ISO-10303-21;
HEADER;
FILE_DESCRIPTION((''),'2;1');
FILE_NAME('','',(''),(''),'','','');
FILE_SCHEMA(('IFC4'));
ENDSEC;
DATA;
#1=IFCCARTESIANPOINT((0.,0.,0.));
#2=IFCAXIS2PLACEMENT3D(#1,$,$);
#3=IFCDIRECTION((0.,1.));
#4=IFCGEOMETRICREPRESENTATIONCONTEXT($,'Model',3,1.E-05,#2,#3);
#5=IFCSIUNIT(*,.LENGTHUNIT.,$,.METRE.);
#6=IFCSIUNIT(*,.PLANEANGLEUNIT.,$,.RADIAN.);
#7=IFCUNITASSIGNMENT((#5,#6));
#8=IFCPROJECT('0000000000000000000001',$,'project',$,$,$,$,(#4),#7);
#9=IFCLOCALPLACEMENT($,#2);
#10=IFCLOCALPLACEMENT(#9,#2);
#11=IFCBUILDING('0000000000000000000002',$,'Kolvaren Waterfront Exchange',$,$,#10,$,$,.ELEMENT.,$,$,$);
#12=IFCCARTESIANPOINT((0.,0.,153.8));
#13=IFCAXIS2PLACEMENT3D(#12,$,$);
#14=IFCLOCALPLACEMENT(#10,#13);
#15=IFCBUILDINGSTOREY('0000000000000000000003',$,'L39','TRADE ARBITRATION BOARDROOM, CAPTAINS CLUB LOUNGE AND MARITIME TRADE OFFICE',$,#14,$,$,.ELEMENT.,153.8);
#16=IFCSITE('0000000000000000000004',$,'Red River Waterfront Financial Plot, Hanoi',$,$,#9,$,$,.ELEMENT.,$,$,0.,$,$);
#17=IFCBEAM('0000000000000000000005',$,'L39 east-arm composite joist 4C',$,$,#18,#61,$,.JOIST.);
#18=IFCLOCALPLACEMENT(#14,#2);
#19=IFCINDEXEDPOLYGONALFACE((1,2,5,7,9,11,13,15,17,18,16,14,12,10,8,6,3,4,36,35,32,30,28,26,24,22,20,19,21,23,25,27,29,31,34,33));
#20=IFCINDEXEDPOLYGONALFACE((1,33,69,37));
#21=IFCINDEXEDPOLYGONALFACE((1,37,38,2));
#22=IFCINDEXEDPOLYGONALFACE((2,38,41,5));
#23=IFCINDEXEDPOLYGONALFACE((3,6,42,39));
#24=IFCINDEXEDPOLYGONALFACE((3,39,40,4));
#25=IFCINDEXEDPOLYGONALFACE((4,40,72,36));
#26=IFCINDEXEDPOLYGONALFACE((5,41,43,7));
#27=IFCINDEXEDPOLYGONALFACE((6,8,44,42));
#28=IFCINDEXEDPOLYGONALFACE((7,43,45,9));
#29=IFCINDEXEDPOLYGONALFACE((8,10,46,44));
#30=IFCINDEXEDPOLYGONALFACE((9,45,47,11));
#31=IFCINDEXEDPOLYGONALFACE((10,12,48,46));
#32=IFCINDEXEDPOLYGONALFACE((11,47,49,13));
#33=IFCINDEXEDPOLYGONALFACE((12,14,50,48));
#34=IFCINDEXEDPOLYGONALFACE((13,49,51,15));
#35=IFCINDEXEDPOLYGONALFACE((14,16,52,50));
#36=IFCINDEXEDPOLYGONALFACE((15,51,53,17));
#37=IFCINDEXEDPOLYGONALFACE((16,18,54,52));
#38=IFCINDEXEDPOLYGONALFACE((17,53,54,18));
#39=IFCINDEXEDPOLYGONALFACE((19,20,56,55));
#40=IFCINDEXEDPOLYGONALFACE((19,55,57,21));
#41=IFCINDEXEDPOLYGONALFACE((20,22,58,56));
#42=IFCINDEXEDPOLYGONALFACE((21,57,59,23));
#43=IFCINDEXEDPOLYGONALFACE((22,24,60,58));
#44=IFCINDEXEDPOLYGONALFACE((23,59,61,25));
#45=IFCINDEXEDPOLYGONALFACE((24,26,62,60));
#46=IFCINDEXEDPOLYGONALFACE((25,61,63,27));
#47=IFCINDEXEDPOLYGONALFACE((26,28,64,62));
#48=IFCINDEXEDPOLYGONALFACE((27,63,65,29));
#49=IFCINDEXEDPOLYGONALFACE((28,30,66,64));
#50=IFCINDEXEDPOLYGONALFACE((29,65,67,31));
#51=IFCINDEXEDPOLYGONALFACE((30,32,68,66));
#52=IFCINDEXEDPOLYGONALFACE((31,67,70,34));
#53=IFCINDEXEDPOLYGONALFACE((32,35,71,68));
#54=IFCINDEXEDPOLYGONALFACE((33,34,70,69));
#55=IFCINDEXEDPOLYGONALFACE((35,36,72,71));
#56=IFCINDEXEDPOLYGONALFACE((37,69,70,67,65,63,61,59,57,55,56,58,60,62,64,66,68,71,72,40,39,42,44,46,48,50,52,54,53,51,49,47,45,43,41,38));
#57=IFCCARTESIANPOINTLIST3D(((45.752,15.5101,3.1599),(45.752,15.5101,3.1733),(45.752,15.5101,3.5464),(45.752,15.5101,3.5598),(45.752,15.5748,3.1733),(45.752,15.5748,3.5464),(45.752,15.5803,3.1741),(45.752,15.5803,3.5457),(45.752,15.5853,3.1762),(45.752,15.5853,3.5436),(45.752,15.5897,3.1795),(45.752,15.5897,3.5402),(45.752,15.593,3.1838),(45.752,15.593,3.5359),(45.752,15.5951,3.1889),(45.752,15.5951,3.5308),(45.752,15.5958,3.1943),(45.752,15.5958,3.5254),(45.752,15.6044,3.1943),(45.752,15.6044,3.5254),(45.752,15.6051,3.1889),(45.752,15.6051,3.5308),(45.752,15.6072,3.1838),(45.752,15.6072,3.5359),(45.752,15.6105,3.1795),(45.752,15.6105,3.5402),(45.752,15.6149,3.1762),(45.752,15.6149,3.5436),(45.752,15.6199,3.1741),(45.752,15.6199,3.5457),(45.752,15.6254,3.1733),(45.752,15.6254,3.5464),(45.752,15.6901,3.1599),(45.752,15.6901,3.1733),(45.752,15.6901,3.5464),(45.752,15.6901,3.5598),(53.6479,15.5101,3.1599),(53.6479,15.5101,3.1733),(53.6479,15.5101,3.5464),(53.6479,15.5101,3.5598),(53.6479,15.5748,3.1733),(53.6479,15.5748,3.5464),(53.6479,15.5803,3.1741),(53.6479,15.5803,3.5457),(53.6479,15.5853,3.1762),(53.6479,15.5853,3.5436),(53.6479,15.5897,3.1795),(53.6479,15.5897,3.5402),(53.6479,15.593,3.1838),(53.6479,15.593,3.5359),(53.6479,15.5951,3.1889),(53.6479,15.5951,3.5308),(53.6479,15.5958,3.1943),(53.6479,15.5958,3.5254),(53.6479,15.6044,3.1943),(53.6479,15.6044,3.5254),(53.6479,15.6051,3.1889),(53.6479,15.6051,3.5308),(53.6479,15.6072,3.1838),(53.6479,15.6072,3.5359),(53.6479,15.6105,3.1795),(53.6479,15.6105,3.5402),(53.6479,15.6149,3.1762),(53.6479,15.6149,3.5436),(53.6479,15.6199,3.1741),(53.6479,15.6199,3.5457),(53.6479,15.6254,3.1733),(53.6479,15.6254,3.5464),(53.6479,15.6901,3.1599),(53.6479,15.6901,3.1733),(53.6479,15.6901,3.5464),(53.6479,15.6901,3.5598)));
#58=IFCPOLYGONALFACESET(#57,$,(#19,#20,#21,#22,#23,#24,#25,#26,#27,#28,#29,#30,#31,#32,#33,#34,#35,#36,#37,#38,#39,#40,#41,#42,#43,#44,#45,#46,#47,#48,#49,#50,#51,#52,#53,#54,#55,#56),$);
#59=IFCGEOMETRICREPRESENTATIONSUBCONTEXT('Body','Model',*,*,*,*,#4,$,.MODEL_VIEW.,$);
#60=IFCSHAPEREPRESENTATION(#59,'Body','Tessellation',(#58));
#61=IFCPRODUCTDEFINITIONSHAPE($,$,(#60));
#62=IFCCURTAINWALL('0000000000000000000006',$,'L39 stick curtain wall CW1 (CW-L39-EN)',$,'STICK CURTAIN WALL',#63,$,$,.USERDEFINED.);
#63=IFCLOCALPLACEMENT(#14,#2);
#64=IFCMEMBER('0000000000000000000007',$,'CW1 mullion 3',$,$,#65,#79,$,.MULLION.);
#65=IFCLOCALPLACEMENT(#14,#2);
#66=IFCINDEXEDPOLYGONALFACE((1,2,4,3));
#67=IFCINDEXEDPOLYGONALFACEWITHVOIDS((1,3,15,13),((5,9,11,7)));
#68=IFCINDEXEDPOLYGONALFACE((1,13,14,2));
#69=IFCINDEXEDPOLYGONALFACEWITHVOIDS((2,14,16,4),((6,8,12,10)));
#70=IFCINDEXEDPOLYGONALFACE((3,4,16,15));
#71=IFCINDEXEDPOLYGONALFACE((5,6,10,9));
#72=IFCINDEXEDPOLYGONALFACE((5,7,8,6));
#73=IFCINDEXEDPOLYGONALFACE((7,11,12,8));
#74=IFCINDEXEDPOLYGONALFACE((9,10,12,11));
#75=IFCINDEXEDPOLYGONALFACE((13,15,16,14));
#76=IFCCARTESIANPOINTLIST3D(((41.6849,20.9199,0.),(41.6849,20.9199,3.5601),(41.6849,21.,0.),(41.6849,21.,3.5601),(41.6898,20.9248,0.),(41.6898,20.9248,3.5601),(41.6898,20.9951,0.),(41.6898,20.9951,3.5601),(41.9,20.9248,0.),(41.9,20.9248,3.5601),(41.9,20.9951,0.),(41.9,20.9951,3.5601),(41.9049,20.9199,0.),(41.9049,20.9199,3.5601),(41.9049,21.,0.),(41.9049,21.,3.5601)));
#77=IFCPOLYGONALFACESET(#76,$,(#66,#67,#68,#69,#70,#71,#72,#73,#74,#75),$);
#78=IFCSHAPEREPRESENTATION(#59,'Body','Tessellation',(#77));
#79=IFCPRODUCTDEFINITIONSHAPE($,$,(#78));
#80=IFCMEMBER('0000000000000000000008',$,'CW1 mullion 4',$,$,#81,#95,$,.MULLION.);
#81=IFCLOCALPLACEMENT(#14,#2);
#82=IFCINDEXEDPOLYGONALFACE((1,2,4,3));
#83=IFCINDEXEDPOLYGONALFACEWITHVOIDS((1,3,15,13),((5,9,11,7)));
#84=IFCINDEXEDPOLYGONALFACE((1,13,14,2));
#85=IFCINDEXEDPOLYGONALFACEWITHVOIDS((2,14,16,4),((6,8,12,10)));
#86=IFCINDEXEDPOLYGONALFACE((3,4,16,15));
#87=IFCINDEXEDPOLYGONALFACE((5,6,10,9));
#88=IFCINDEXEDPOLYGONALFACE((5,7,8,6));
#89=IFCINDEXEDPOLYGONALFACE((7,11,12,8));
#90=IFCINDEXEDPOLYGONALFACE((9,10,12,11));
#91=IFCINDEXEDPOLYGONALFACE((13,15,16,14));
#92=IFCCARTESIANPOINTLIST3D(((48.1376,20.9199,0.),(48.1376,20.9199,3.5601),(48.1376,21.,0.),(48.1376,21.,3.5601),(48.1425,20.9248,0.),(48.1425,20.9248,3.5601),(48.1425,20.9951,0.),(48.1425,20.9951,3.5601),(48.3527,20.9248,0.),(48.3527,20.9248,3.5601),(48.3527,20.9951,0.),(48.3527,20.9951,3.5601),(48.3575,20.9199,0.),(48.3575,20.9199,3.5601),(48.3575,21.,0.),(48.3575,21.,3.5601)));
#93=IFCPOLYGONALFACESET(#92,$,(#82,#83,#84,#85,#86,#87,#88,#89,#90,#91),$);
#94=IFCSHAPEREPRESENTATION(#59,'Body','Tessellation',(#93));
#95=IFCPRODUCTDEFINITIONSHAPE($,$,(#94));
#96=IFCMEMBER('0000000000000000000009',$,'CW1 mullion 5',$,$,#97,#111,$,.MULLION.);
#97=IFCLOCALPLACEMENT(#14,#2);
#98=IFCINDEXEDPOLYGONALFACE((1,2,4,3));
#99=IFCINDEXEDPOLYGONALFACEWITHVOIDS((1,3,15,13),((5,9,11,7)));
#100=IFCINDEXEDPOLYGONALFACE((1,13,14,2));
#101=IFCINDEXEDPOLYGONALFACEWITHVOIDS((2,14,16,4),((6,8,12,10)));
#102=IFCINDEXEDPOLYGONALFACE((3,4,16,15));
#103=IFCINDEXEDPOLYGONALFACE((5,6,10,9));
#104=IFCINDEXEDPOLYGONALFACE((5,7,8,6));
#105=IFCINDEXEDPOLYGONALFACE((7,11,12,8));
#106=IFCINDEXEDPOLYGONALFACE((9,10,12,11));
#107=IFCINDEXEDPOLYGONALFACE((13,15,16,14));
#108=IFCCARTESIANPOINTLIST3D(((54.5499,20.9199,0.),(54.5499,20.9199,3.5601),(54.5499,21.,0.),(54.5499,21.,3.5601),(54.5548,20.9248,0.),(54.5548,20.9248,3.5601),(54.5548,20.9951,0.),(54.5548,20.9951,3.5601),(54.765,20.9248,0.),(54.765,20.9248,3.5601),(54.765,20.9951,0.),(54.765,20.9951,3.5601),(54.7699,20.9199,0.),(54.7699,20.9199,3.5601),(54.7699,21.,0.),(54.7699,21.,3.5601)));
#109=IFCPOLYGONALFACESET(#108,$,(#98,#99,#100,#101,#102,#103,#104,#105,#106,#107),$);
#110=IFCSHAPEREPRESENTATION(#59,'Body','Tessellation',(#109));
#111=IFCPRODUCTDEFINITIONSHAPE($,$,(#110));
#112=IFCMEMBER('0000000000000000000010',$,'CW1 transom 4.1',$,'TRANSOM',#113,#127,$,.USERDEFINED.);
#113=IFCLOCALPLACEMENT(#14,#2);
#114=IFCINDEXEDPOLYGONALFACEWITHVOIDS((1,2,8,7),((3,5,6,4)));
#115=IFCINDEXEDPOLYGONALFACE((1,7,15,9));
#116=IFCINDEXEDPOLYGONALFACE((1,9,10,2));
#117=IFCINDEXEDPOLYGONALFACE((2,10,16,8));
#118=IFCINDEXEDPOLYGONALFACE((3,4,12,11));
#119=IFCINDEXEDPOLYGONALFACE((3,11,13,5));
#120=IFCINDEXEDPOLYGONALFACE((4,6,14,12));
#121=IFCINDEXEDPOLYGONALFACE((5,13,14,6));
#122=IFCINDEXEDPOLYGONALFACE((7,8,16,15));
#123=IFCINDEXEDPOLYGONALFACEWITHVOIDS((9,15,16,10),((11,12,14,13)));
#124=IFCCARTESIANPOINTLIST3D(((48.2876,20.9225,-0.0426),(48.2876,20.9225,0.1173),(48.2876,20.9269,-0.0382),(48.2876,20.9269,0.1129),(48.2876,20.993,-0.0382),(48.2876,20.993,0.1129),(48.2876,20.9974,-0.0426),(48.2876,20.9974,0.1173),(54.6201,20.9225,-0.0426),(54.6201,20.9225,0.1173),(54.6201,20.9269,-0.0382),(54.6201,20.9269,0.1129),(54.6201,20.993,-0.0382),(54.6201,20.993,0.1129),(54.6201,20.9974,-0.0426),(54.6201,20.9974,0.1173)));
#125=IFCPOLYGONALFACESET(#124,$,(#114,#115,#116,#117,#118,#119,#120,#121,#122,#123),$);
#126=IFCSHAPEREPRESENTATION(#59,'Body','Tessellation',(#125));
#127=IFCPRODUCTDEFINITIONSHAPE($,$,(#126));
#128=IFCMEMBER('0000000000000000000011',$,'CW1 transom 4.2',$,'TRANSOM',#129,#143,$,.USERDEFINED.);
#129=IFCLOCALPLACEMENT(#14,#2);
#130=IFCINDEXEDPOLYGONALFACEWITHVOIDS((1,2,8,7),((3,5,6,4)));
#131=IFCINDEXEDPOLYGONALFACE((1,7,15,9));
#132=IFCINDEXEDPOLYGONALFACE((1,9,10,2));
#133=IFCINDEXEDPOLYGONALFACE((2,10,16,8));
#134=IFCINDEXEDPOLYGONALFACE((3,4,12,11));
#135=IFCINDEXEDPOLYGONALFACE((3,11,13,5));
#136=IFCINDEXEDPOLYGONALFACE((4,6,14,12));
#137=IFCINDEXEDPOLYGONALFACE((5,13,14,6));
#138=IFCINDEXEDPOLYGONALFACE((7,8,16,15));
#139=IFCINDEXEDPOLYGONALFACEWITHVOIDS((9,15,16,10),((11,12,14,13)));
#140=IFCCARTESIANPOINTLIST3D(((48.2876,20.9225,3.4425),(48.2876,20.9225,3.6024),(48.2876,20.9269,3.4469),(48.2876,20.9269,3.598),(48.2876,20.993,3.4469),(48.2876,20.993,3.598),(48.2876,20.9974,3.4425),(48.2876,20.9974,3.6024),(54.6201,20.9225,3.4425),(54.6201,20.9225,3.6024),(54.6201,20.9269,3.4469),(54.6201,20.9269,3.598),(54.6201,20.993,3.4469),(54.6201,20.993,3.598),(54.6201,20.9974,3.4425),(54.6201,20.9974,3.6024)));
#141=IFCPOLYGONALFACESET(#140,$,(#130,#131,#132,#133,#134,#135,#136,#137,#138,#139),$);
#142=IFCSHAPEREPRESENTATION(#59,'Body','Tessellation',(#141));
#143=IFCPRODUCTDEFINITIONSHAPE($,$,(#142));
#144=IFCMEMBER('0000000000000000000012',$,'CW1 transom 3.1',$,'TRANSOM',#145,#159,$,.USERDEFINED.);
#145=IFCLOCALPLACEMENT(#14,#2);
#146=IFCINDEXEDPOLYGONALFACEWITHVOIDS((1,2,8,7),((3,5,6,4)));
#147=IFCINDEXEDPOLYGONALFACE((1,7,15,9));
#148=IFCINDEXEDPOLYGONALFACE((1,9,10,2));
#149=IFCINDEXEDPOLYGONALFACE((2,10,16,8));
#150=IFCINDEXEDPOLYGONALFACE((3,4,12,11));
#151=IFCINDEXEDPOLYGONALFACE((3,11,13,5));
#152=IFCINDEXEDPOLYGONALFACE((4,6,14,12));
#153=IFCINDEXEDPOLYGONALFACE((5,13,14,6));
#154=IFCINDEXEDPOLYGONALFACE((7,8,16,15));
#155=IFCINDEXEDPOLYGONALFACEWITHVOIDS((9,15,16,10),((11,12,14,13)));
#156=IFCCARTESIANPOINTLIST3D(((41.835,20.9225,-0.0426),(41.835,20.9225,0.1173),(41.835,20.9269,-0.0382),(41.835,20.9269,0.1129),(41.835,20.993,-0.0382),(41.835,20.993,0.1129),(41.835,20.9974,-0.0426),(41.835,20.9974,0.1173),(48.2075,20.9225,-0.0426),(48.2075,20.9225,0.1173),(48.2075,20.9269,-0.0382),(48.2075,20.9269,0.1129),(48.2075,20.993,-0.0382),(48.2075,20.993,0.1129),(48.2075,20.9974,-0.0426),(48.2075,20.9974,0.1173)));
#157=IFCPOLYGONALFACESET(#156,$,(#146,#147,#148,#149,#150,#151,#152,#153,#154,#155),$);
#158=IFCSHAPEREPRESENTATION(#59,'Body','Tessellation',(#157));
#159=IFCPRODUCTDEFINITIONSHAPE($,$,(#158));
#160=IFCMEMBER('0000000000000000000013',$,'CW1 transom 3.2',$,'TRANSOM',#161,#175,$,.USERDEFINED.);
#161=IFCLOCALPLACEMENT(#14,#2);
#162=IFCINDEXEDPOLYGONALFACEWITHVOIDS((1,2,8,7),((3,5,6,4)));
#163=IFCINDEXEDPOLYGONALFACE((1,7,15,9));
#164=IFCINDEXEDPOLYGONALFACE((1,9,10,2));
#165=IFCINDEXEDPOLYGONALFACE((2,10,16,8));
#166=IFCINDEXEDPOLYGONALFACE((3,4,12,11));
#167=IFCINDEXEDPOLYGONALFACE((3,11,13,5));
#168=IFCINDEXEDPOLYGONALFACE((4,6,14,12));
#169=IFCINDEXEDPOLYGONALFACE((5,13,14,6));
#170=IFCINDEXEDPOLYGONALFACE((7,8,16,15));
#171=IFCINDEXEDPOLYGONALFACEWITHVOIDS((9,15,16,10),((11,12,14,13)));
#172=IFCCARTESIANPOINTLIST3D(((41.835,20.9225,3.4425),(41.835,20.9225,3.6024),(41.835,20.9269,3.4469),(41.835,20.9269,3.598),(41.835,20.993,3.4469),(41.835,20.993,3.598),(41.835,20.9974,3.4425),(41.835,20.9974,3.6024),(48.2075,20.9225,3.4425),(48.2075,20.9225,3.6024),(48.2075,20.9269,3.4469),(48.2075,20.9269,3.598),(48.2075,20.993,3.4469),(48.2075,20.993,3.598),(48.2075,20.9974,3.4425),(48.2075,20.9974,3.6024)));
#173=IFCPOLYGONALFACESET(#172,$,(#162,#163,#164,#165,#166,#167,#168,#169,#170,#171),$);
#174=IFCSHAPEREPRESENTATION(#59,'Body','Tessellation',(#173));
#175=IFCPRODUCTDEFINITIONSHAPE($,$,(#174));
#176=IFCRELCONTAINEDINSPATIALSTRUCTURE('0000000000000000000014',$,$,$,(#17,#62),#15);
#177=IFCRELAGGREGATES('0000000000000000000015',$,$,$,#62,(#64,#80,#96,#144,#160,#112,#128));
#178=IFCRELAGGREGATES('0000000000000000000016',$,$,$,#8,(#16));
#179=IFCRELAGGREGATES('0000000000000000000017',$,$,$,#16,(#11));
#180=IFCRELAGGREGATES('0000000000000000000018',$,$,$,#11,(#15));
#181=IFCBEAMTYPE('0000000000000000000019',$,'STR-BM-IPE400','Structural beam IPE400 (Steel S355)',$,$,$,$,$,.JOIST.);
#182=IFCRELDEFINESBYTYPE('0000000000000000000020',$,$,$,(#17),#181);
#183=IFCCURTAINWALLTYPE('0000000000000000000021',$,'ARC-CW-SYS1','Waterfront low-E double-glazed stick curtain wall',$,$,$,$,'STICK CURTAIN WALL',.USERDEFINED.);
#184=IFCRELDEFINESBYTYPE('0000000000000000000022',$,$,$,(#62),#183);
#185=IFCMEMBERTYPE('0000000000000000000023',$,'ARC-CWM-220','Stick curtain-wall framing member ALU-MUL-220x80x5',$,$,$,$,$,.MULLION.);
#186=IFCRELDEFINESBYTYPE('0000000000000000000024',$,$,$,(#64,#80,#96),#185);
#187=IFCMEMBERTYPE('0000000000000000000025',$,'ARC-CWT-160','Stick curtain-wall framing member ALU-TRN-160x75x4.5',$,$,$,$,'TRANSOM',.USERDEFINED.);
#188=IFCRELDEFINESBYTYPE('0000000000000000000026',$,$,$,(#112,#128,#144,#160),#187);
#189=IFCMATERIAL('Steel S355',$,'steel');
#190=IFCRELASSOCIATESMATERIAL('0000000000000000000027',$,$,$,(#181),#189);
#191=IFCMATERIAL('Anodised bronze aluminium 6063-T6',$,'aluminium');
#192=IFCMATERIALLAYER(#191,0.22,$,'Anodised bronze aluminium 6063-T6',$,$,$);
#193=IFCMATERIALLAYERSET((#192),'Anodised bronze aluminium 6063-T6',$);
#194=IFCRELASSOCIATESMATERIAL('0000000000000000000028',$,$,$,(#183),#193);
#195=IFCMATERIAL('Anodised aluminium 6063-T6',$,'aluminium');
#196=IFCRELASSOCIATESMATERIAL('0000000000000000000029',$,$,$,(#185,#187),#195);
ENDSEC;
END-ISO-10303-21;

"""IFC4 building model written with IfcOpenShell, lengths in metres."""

from ifc_helpers import new_model, si_unit, direction, frame, origin, origin_with_axes, origin_2d, place, context, subcontext, project, spatial, hollow_rectangle, i_section, extrude, source, transform, mapped, material, layer, layer_set, material_profile, profile_set, type_object, element, aggregate, save


model = new_model("IFC4")

# Units and contexts
model_context = context("Model", 3, precision=1e-05, world=origin(), true_north=direction((0.0, 1.0)))
body_context = subcontext(model_context, "Body", "Model", "MODEL_VIEW")
ifc_project = project(units=[si_unit("LENGTHUNIT", "METRE"), si_unit("PLANEANGLEUNIT", "RADIAN")], contexts=[model_context])

# Site, building, storey
site_placement = place(None, origin())
site = spatial("IfcSite", under=ifc_project, at=site_placement, Name="Red River Waterfront Financial Plot, Hanoi", CompositionType="ELEMENT", RefElevation=0.0)
building_placement = place(site_placement, origin())
building = spatial("IfcBuilding", under=site, at=building_placement, Name="Kolvaren Waterfront Exchange", CompositionType="ELEMENT")
storey_placement = place(building_placement, frame((0.0, 0.0, 153.8)))
storey = spatial("IfcBuildingStorey", under=building, at=storey_placement, Name="L39", Description="TRADE ARBITRATION BOARDROOM, CAPTAINS CLUB LOUNGE AND MARITIME TRADE OFFICE", CompositionType="ELEMENT", Elevation=153.8)

# Beam
ifc_material_1 = material(Name="Steel S355", Category="steel")
ifc_material_profile_1 = material_profile(ifc_material_1, i_section(OverallWidth=0.1799, OverallDepth=0.3999, WebThickness=0.0085, FlangeThickness=0.0134, FilletRadius=0.021, at=origin_2d()), Name="IPE400")
ifc_profile_set_1 = profile_set([ifc_material_profile_1], Name="Steel S355")
beam_type_1 = type_object("IfcBeamType", Name="STR-BM-IPE400", Description="Structural beam IPE400 (Steel S355)", PredefinedType="JOIST", material=ifc_profile_set_1)
for number, where, z_axis, x_axis, name in (
    (1, (45.752, 15.6001, 3.3599), (1.0, 0.0, 0.0), (0.0, 1.0, 0.0), "L39 east-arm composite joist 4C"),
):
    element("IfcBeam", number, at=place(storey_placement, frame(where, z_axis=z_axis, x_axis=x_axis)), inside=storey, type_object=beam_type_1, Name=name, PredefinedType="JOIST", context=body_context, shape_type="SweptSolid", body=[
        extrude(i_section(OverallWidth=0.1799, OverallDepth=0.3999, WebThickness=0.0085, FlangeThickness=0.0134, FilletRadius=0.021, at=origin_2d()), origin(), (0.0, 0.0, 1.0), 7.896),
    ])

# Curtain wall, members
ifc_material_2 = material(Name="Anodised bronze aluminium 6063-T6", Category="aluminium")
ifc_layer_1 = layer(ifc_material_2, 0.22, Name="Anodised bronze aluminium 6063-T6")
ifc_layer_set_1 = layer_set([ifc_layer_1], Name="Anodised bronze aluminium 6063-T6")
curtain_wall_type = type_object("IfcCurtainWallType", Name="ARC-CW-SYS1", Description="Waterfront low-E double-glazed stick curtain wall", ElementType="STICK CURTAIN WALL", PredefinedType="USERDEFINED", material=ifc_layer_set_1)
curtain_wall_placement = place(storey_placement, origin())
curtain_wall = element("IfcCurtainWall", 2, at=curtain_wall_placement, inside=storey, type_object=curtain_wall_type, Name="L39 stick curtain wall CW1 (CW-L39-EN)", ObjectType="STICK CURTAIN WALL", PredefinedType="USERDEFINED")
ifc_material_3 = material(Name="Anodised aluminium 6063-T6", Category="aluminium")
ifc_material_profile_2 = material_profile(ifc_material_3, hollow_rectangle(XDim=0.0801, YDim=0.22, WallThickness=0.0049, at=origin_2d()), Name="ALU-MUL-220x80x5")
ifc_profile_set_2 = profile_set([ifc_material_profile_2], Name="Anodised aluminium 6063-T6")
member_type_1 = type_object("IfcMemberType", Name="ARC-CWM-220", Description="Stick curtain-wall framing member ALU-MUL-220x80x5", PredefinedType="MULLION", material=ifc_profile_set_2)
shared_shape_1 = source(origin_with_axes(), body_context, "Body", "SweptSolid", [
    extrude(hollow_rectangle(XDim=0.0801, YDim=0.22, WallThickness=0.0049, at=origin_2d()), origin(), (0.0, 0.0, 1.0), 3.5601),
])
member_1_placement = place(storey_placement, frame((41.7949, 20.96, 0.0), z_axis=(0.0, 0.0, 1.0), x_axis=(0.0, 1.0, 0.0)))
member_1 = element("IfcMember", 3, at=member_1_placement, type_object=member_type_1, Name="CW1 mullion 3", PredefinedType="MULLION", context=body_context, shape_type="MappedRepresentation", body=[
    mapped(shared_shape_1, transform((0.0, 0.0, 0.0), x_axis=(1.0, 0.0, 0.0), y_axis=(0.0, 1.0, 0.0), z_axis=(0.0, 0.0, 1.0), scale=1.0)),
])
member_2_placement = place(storey_placement, frame((48.2476, 20.96, 0.0), z_axis=(0.0, 0.0, 1.0), x_axis=(0.0, 1.0, 0.0)))
member_2 = element("IfcMember", 4, at=member_2_placement, type_object=member_type_1, Name="CW1 mullion 4", PredefinedType="MULLION", context=body_context, shape_type="MappedRepresentation", body=[
    mapped(shared_shape_1, transform((0.0, 0.0, 0.0), x_axis=(1.0, 0.0, 0.0), y_axis=(0.0, 1.0, 0.0), z_axis=(0.0, 0.0, 1.0), scale=1.0)),
])
member_3_placement = place(storey_placement, frame((54.6599, 20.96, 0.0), z_axis=(0.0, 0.0, 1.0), x_axis=(0.0, 1.0, 0.0)))
member_3 = element("IfcMember", 5, at=member_3_placement, type_object=member_type_1, Name="CW1 mullion 5", PredefinedType="MULLION", context=body_context, shape_type="MappedRepresentation", body=[
    mapped(shared_shape_1, transform((0.0, 0.0, 0.0), x_axis=(1.0, 0.0, 0.0), y_axis=(0.0, 1.0, 0.0), z_axis=(0.0, 0.0, 1.0), scale=1.0)),
])
ifc_material_profile_3 = material_profile(ifc_material_3, hollow_rectangle(XDim=0.075, YDim=0.1599, WallThickness=0.0044, at=origin_2d()), Name="ALU-TRN-160x75x4.5")
ifc_profile_set_3 = profile_set([ifc_material_profile_3], Name="Anodised aluminium 6063-T6")
member_type_2 = type_object("IfcMemberType", Name="ARC-CWT-160", Description="Stick curtain-wall framing member ALU-TRN-160x75x4.5", ElementType="TRANSOM", PredefinedType="USERDEFINED", material=ifc_profile_set_3)
shared_shape_2 = source(origin_with_axes(), body_context, "Body", "SweptSolid", [
    extrude(hollow_rectangle(XDim=0.075, YDim=0.1599, WallThickness=0.0044, at=origin_2d()), origin(), (0.0, 0.0, 1.0), 6.3325),
])
member_4_placement = place(storey_placement, frame((48.2876, 20.96, 0.0374), z_axis=(1.0, 0.0, 0.0), x_axis=(0.0, 1.0, 0.0)))
member_4 = element("IfcMember", 6, at=member_4_placement, type_object=member_type_2, Name="CW1 transom 4.1", ObjectType="TRANSOM", PredefinedType="USERDEFINED", context=body_context, shape_type="MappedRepresentation", body=[
    mapped(shared_shape_2, transform((0.0, 0.0, 0.0), x_axis=(1.0, 0.0, 0.0), y_axis=(0.0, 1.0, 0.0), z_axis=(0.0, 0.0, 1.0), scale=1.0)),
])
member_5_placement = place(storey_placement, frame((48.2876, 20.96, 3.5225), z_axis=(1.0, 0.0, 0.0), x_axis=(0.0, 1.0, 0.0)))
member_5 = element("IfcMember", 7, at=member_5_placement, type_object=member_type_2, Name="CW1 transom 4.2", ObjectType="TRANSOM", PredefinedType="USERDEFINED", context=body_context, shape_type="MappedRepresentation", body=[
    mapped(shared_shape_2, transform((0.0, 0.0, 0.0), x_axis=(1.0, 0.0, 0.0), y_axis=(0.0, 1.0, 0.0), z_axis=(0.0, 0.0, 1.0), scale=1.0)),
])
shared_shape_3 = source(origin_with_axes(), body_context, "Body", "SweptSolid", [
    extrude(hollow_rectangle(XDim=0.075, YDim=0.1599, WallThickness=0.0044, at=origin_2d()), origin(), (0.0, 0.0, 1.0), 6.3726),
])
member_6_placement = place(storey_placement, frame((41.835, 20.96, 0.0374), z_axis=(1.0, 0.0, 0.0), x_axis=(0.0, 1.0, 0.0)))
member_6 = element("IfcMember", 8, at=member_6_placement, type_object=member_type_2, Name="CW1 transom 3.1", ObjectType="TRANSOM", PredefinedType="USERDEFINED", context=body_context, shape_type="MappedRepresentation", body=[
    mapped(shared_shape_3, transform((0.0, 0.0, 0.0), x_axis=(1.0, 0.0, 0.0), y_axis=(0.0, 1.0, 0.0), z_axis=(0.0, 0.0, 1.0), scale=1.0)),
])
member_7_placement = place(storey_placement, frame((41.835, 20.96, 3.5225), z_axis=(1.0, 0.0, 0.0), x_axis=(0.0, 1.0, 0.0)))
member_7 = element("IfcMember", 9, at=member_7_placement, type_object=member_type_2, Name="CW1 transom 3.2", ObjectType="TRANSOM", PredefinedType="USERDEFINED", context=body_context, shape_type="MappedRepresentation", body=[
    mapped(shared_shape_3, transform((0.0, 0.0, 0.0), x_axis=(1.0, 0.0, 0.0), y_axis=(0.0, 1.0, 0.0), z_axis=(0.0, 0.0, 1.0), scale=1.0)),
])
aggregate(curtain_wall, [member_1, member_2, member_3, member_6, member_7, member_4, member_5])

save(model, "model.ifc")
